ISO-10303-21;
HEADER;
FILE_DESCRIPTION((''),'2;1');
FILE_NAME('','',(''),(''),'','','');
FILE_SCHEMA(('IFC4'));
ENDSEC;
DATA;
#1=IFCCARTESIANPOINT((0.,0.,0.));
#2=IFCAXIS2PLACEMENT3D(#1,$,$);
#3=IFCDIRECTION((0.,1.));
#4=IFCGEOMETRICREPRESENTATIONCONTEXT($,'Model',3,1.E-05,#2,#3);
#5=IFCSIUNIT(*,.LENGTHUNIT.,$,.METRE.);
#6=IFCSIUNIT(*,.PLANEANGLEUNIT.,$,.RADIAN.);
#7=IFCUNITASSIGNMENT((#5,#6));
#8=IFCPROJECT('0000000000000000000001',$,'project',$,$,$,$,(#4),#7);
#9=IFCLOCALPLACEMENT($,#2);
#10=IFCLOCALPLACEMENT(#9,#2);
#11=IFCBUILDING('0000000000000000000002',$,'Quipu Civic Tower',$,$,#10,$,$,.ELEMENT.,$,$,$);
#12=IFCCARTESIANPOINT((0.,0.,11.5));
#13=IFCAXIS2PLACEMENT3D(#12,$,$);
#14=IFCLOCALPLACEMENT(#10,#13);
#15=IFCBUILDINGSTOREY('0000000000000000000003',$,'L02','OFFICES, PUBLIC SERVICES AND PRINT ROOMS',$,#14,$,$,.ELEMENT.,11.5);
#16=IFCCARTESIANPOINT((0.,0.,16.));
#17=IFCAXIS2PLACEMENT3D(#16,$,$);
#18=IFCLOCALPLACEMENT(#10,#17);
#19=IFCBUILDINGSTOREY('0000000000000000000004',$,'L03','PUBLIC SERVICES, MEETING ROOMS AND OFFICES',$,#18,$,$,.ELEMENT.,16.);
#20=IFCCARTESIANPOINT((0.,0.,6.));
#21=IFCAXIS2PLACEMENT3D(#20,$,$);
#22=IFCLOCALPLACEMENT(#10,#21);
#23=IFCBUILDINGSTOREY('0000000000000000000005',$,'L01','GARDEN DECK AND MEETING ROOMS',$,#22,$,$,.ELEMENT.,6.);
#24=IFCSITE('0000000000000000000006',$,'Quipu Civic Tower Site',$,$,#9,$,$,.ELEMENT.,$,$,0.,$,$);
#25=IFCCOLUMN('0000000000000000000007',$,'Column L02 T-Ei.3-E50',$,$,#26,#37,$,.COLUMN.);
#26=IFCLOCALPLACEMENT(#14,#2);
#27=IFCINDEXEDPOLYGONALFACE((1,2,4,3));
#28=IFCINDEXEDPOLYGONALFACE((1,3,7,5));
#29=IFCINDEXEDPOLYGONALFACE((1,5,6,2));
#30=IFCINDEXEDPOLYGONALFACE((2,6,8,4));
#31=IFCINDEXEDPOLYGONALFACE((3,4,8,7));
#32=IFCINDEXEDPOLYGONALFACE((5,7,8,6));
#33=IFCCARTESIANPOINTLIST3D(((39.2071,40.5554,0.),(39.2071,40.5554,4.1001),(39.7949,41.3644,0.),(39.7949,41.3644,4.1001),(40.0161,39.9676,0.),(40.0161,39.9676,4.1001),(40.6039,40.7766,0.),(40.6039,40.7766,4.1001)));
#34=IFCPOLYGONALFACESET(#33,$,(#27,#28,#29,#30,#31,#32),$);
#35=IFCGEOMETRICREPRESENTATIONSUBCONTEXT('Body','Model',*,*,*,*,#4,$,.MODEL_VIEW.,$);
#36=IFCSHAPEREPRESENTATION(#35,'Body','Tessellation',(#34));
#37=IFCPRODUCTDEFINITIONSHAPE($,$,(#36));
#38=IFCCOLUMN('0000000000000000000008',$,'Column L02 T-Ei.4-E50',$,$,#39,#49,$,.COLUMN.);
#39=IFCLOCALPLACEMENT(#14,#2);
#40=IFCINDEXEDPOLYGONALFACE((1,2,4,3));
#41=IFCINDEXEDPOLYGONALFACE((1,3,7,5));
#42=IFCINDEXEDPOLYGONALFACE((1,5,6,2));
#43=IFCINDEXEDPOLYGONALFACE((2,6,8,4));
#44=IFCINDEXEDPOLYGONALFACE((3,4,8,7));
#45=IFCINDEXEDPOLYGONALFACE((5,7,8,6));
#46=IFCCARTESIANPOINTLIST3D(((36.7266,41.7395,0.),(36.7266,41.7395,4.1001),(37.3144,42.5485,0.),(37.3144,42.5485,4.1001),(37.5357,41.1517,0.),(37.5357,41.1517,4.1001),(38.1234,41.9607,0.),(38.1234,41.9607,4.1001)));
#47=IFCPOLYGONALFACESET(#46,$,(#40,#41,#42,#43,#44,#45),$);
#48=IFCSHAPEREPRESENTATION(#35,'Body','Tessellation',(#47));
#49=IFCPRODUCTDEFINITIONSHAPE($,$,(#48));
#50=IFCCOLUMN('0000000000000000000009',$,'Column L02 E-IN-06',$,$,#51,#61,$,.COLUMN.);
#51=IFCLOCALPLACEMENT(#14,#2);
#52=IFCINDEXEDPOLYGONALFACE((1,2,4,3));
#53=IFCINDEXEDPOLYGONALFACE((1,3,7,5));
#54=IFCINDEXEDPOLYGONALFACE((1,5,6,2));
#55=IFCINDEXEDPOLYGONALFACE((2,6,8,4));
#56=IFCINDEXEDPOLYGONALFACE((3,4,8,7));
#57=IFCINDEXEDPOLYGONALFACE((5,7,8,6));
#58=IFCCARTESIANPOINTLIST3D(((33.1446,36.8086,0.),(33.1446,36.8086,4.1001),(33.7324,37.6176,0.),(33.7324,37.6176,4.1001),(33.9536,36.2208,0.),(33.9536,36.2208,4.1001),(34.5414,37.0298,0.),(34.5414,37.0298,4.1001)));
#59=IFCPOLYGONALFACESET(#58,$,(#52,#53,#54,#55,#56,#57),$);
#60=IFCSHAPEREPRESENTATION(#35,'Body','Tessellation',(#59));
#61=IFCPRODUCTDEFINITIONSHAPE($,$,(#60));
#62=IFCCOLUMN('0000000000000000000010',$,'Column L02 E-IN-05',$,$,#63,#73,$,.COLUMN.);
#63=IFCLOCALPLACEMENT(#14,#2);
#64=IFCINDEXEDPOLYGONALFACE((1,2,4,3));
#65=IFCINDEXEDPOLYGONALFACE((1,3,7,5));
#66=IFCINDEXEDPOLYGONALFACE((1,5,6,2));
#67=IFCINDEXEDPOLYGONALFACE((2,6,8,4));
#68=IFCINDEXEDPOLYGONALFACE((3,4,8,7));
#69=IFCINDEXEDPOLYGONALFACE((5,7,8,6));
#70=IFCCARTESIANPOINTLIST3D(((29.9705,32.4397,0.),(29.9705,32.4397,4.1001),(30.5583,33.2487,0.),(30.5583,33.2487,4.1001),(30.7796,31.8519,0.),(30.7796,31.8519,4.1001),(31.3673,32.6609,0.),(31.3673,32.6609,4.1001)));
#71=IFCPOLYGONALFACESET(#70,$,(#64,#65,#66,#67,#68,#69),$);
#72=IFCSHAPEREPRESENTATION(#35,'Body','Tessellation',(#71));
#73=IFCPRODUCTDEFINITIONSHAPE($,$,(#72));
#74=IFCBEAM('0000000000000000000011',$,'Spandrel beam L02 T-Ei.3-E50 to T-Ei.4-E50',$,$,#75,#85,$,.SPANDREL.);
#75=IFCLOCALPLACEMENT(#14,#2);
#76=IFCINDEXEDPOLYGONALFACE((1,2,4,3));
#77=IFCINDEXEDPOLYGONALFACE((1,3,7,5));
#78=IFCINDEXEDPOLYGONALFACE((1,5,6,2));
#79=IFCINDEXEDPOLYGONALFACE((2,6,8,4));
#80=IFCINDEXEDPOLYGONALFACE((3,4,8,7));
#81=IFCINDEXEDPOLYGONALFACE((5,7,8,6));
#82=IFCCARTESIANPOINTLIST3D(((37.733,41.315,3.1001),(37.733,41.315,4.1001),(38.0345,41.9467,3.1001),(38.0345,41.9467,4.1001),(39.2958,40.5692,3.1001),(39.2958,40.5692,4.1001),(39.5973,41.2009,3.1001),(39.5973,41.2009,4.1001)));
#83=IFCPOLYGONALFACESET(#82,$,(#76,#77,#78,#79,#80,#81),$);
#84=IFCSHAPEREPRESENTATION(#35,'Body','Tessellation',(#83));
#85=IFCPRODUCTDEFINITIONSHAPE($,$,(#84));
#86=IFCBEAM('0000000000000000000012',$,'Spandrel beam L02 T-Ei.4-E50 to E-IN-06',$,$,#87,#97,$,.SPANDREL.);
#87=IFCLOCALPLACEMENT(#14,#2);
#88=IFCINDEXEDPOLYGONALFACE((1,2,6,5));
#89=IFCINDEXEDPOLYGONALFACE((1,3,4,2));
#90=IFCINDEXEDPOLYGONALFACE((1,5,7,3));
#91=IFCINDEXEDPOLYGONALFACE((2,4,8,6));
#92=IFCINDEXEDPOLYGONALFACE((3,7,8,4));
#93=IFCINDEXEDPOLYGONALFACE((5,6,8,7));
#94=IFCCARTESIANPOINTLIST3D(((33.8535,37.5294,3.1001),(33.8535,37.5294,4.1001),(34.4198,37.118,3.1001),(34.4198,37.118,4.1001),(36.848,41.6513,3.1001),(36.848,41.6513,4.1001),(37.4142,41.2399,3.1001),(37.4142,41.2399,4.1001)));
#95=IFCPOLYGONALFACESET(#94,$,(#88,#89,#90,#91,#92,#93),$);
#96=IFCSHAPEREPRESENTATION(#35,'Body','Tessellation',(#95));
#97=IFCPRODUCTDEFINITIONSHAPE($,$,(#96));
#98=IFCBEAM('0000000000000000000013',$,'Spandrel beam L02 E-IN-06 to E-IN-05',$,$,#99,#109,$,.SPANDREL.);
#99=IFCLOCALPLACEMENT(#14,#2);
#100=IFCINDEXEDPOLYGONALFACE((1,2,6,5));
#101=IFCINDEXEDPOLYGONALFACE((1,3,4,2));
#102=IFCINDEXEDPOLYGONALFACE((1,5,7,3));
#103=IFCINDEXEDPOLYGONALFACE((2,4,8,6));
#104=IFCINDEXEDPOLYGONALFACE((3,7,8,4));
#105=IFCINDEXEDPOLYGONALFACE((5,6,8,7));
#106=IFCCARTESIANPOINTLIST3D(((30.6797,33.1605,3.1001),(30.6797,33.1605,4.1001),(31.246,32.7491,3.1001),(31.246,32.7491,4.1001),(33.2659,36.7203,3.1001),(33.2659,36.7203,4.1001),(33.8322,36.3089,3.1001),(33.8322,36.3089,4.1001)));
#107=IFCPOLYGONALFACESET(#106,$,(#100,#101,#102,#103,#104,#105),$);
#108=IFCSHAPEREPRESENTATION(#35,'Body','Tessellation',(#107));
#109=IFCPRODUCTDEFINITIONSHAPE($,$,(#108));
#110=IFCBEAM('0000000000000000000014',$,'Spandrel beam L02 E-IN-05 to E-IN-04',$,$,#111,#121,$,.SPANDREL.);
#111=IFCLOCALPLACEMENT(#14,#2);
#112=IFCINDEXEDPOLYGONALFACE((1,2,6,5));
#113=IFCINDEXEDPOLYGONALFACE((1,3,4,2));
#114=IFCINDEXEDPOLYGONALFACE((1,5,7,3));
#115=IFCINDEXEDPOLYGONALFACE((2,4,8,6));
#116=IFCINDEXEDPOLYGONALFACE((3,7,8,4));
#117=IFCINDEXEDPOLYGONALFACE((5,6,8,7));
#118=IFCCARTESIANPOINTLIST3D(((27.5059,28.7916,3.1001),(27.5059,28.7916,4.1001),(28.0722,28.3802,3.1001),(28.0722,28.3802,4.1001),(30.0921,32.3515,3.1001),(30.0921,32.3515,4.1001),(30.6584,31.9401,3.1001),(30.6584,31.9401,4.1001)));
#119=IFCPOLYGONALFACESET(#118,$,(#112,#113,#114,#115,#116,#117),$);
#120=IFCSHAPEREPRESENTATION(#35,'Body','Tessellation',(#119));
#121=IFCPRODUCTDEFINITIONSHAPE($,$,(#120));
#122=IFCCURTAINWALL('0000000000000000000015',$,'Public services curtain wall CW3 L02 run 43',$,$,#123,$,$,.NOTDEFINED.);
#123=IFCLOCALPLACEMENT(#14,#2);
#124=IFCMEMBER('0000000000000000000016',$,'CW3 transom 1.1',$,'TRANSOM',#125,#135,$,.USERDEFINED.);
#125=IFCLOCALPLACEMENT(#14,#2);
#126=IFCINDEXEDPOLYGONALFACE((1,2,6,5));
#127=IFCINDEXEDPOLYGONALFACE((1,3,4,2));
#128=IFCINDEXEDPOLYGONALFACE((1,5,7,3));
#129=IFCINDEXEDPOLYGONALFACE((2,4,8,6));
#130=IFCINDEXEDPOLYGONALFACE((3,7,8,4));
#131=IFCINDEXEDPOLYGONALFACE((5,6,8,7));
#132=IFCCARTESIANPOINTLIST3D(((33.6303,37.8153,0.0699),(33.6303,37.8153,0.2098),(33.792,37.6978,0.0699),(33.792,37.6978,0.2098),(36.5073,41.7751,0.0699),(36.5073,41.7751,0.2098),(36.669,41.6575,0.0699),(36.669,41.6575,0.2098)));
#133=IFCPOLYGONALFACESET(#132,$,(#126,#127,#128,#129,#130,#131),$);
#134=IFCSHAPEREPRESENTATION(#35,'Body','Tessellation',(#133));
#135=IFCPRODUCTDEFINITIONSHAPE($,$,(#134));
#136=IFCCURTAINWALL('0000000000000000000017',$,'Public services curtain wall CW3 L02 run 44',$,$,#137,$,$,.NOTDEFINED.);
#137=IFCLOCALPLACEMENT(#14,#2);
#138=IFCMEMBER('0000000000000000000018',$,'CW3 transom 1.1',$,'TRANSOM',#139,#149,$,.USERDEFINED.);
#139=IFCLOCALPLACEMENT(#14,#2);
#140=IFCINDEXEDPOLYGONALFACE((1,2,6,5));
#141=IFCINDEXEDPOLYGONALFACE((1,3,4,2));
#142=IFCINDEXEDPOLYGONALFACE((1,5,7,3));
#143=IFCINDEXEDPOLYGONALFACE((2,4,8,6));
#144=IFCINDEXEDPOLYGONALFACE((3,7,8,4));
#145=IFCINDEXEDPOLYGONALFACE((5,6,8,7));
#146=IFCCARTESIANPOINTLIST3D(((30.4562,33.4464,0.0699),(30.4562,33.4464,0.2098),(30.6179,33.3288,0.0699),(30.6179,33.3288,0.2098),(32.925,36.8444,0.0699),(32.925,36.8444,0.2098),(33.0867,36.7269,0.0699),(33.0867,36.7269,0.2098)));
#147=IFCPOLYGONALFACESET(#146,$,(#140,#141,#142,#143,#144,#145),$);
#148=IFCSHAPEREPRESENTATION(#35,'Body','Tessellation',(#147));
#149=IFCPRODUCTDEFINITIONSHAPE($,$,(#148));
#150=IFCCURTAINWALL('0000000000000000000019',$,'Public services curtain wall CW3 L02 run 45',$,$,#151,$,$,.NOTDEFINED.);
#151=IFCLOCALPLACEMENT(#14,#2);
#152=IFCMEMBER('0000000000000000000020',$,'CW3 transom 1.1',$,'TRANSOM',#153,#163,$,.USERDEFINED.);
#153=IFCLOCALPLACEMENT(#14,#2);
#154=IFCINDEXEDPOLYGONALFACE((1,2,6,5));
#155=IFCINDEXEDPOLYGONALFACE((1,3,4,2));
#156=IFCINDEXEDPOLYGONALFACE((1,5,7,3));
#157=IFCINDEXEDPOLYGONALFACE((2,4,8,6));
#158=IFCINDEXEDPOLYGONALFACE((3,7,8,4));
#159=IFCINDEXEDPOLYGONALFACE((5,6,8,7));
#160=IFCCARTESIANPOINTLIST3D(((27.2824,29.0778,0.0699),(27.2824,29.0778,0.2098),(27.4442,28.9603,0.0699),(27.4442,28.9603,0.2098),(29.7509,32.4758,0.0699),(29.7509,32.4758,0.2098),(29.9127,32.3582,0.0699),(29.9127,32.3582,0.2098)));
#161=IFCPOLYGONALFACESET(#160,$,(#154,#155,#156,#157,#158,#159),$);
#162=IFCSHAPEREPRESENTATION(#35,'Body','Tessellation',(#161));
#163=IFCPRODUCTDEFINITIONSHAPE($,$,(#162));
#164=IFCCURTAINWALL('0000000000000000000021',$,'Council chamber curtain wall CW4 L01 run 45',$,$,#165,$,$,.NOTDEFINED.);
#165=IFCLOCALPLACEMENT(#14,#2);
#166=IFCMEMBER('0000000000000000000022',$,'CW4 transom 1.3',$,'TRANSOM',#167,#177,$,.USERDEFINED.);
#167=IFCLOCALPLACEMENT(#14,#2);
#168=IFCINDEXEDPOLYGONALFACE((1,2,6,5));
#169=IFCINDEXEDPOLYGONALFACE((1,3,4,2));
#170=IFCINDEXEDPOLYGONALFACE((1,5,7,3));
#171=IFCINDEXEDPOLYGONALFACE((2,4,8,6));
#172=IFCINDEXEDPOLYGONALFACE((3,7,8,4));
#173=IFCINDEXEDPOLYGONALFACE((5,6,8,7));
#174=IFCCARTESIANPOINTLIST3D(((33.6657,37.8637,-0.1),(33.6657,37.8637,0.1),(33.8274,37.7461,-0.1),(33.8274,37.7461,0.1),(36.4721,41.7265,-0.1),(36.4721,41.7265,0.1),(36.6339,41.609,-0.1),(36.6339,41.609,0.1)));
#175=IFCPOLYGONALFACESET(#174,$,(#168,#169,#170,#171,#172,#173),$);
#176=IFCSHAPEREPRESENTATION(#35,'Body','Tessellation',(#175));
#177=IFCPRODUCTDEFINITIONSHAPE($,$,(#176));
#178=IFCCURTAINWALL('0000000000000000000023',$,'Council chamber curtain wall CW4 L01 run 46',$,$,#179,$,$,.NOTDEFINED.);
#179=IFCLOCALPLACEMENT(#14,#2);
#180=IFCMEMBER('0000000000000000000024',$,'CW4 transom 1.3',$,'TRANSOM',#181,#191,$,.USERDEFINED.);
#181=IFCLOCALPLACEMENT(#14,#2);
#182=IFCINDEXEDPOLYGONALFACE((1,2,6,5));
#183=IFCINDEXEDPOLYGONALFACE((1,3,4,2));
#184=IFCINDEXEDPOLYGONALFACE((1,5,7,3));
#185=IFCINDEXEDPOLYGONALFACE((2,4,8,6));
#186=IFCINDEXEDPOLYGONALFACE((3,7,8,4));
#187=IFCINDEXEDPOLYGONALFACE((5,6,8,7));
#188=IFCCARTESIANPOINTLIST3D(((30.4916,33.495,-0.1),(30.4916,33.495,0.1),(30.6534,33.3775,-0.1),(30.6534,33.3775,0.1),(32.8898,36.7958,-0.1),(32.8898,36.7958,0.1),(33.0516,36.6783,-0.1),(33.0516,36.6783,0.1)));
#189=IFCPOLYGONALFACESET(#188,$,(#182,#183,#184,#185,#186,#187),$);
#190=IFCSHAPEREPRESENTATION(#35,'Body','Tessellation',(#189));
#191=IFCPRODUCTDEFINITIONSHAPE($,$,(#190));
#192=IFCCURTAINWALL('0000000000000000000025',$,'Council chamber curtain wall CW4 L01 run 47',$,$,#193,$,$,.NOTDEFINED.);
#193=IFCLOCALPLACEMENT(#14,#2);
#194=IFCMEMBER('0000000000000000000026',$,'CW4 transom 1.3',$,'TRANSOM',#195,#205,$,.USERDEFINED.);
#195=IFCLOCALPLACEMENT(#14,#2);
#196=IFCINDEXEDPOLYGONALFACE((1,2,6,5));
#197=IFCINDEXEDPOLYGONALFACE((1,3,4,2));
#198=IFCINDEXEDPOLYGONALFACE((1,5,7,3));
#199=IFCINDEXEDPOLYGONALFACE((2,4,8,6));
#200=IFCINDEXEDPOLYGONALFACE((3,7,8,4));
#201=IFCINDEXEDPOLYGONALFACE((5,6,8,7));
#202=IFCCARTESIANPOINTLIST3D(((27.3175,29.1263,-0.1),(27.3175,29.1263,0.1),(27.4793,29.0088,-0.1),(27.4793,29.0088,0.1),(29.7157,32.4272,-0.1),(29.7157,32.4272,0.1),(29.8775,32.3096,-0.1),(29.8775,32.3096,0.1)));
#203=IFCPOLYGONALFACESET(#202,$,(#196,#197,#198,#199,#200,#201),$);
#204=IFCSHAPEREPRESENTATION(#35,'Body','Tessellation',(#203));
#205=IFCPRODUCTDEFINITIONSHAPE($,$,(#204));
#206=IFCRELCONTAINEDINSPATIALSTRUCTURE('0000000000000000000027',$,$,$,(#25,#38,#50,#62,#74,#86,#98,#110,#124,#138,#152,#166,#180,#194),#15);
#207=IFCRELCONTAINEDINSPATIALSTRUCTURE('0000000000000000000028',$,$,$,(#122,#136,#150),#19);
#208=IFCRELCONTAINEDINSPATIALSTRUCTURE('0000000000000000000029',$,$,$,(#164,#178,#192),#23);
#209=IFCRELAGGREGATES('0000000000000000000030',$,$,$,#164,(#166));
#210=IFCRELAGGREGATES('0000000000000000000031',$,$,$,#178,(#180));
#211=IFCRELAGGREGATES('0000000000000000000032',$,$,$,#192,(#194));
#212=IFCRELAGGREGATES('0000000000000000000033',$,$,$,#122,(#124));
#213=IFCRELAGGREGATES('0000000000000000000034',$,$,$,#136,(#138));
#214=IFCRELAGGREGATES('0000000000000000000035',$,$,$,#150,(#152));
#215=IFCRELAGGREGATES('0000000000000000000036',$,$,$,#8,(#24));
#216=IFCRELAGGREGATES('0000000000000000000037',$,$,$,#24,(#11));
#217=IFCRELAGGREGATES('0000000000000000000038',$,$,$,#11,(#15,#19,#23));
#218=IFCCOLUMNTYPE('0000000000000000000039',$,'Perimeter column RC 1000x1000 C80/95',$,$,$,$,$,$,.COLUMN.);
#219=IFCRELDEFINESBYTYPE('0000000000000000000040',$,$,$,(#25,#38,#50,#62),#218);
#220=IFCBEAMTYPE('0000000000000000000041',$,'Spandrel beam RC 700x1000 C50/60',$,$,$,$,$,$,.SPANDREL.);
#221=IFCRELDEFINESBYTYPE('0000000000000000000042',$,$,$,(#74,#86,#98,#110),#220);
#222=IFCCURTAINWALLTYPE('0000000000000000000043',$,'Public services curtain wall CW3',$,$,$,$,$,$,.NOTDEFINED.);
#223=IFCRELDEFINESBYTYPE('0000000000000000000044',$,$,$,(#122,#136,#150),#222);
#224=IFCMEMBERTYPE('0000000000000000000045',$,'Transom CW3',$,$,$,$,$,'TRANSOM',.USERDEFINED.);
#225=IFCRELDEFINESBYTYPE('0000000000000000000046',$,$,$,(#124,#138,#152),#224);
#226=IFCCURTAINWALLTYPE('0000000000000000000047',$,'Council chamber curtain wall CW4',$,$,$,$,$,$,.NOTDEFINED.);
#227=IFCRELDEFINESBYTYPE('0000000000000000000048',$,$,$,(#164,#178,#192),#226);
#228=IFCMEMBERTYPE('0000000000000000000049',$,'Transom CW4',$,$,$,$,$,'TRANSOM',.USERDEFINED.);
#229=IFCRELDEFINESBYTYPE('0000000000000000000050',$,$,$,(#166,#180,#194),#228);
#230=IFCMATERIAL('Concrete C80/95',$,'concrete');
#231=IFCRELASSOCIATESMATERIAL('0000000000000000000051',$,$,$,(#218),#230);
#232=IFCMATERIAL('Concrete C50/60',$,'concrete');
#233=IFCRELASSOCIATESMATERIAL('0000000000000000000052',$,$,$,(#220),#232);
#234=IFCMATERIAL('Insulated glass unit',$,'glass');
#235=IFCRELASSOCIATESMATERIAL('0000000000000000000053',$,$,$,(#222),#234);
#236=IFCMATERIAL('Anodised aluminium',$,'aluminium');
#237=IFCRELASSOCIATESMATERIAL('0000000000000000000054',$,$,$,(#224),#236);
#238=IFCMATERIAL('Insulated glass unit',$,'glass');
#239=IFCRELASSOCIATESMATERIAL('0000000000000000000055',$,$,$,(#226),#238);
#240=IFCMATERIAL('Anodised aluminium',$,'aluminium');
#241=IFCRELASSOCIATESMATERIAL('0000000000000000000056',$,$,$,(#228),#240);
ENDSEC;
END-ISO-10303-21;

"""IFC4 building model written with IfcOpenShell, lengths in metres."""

from ifc_helpers import new_model, si_unit, direction, frame, origin, origin_2d, place, context, subcontext, project, spatial, rectangle, extrude, material, material_profile, profile_set, type_object, element, aggregate, save


model = new_model("IFC4")

# Units and contexts
model_context = context("Model", 3, precision=1e-05, world=origin(), true_north=direction((0.0, 1.0)))
body_context = subcontext(model_context, "Body", "Model", "MODEL_VIEW")
ifc_project = project(units=[si_unit("LENGTHUNIT", "METRE"), si_unit("PLANEANGLEUNIT", "RADIAN")], contexts=[model_context])

# Site, building, storey
site_placement = place(None, origin())
site = spatial("IfcSite", under=ifc_project, at=site_placement, Name="Quipu Civic Tower Site", CompositionType="ELEMENT", RefElevation=0.0)
building_placement = place(site_placement, origin())
building = spatial("IfcBuilding", under=site, at=building_placement, Name="Quipu Civic Tower", CompositionType="ELEMENT")
storey_1_placement = place(building_placement, frame((0.0, 0.0, 11.5)))
storey_1 = spatial("IfcBuildingStorey", under=building, at=storey_1_placement, Name="L02", Description="OFFICES, PUBLIC SERVICES AND PRINT ROOMS", CompositionType="ELEMENT", Elevation=11.5)

# Columns
ifc_material_1 = material(Name="Concrete C80/95", Category="concrete")
ifc_material_profile_1 = material_profile(ifc_material_1, rectangle(XDim=1.0, YDim=1.0, at=origin_2d()), Name="RC1000x1000")
ifc_profile_set_1 = profile_set([ifc_material_profile_1], Name="Concrete C80/95")
column_type = type_object("IfcColumnType", Name="Perimeter column RC 1000x1000 C80/95", PredefinedType="COLUMN", material=ifc_profile_set_1)
for number, where, z_axis, x_axis, name in (
    (1, (39.9055, 40.666, 0.0), (0.0, 0.0, 1.0), (-0.587785, -0.809017, 0.0), "Column L02 T-Ei.3-E50"),
    (2, (37.425, 41.8501, 0.0), (0.0, 0.0, 1.0), (-0.587785, -0.809017, 0.0), "Column L02 T-Ei.4-E50"),
    (3, (33.843, 36.9192, 0.0), (0.0, 0.0, 1.0), (-0.587785, -0.809017, 0.0), "Column L02 E-IN-06"),
    (4, (30.6689, 32.5503, 0.0), (0.0, 0.0, 1.0), (-0.587785, -0.809017, 0.0), "Column L02 E-IN-05"),
):
    element("IfcColumn", number, at=place(storey_1_placement, frame(where, z_axis=z_axis, x_axis=x_axis)), inside=storey_1, type_object=column_type, Name=name, PredefinedType="COLUMN", context=body_context, shape_type="SweptSolid", body=[
        extrude(rectangle(XDim=1.0, YDim=1.0, at=origin_2d()), origin(), (0.0, 0.0, 1.0), 4.1001),
    ])

# Beams
ifc_material_2 = material(Name="Concrete C50/60", Category="concrete")
ifc_material_profile_2 = material_profile(ifc_material_2, rectangle(XDim=0.7, YDim=1.0, at=origin_2d()), Name="RC700x1000")
ifc_profile_set_2 = profile_set([ifc_material_profile_2], Name="Concrete C50/60")
beam_type = type_object("IfcBeamType", Name="Spandrel beam RC 700x1000 C50/60", PredefinedType="SPANDREL", material=ifc_profile_set_2)
beam_1_placement = place(storey_1_placement, frame((39.4465, 40.885, 3.6001), z_axis=(-0.902482, 0.430727, 0.0), x_axis=(-0.430727, -0.902482, 0.0)))
element("IfcBeam", 5, at=beam_1_placement, inside=storey_1, type_object=beam_type, Name="Spandrel beam L02 T-Ei.3-E50 to T-Ei.4-E50", PredefinedType="SPANDREL", context=body_context, shape_type="SweptSolid", body=[
    extrude(rectangle(XDim=0.7, YDim=1.0, at=origin_2d()), origin(), (0.0, 0.0, 1.0), 1.7317),
])
beam_2_placement = place(storey_1_placement, frame((37.1311, 41.4456, 3.6001), z_axis=(-0.587747, -0.809045, 0.0), x_axis=(0.809045, -0.587747, 0.0)))
element("IfcBeam", 6, at=beam_2_placement, inside=storey_1, type_object=beam_type, Name="Spandrel beam L02 T-Ei.4-E50 to E-IN-06", PredefinedType="SPANDREL", context=body_context, shape_type="SweptSolid", body=[
    extrude(rectangle(XDim=0.7, YDim=1.0, at=origin_2d()), origin(), (0.0, 0.0, 1.0), 5.0947),
])
for number, where, z_axis, x_axis, name in (
    (7, (33.5491, 36.5146, 3.6001), (-0.587759, -0.809036, 0.0), (0.809036, -0.587759, 0.0), "Spandrel beam L02 E-IN-06 to E-IN-05"),
    (8, (30.3752, 32.1458, 3.6001), (-0.587759, -0.809036, 0.0), (0.809036, -0.587759, 0.0), "Spandrel beam L02 E-IN-05 to E-IN-04"),
):
    element("IfcBeam", number, at=place(storey_1_placement, frame(where, z_axis=z_axis, x_axis=x_axis)), inside=storey_1, type_object=beam_type, Name=name, PredefinedType="SPANDREL", context=body_context, shape_type="SweptSolid", body=[
        extrude(rectangle(XDim=0.7, YDim=1.0, at=origin_2d()), origin(), (0.0, 0.0, 1.0), 4.4001),
    ])

# Shared definitions
storey_2_placement = place(building_placement, frame((0.0, 0.0, 16.0)))
storey_2 = spatial("IfcBuildingStorey", under=building, at=storey_2_placement, Name="L03", Description="PUBLIC SERVICES, MEETING ROOMS AND OFFICES", CompositionType="ELEMENT", Elevation=16.0)

# Curtain walls, members
ifc_material_3 = material(Name="Insulated glass unit", Category="glass")
curtain_wall_type_1 = type_object("IfcCurtainWallType", Name="Public services curtain wall CW3", PredefinedType="NOTDEFINED", material=ifc_material_3)
curtain_wall_1_placement = place(storey_2_placement, origin())
curtain_wall_1 = element("IfcCurtainWall", 9, at=curtain_wall_1_placement, inside=storey_2, type_object=curtain_wall_type_1, Name="Public services curtain wall CW3 L02 run 43", PredefinedType="NOTDEFINED")
ifc_material_4 = material(Name="Anodised aluminium", Category="aluminium")
ifc_material_profile_3 = material_profile(ifc_material_4, rectangle(XDim=0.2, YDim=0.1399, at=origin_2d()), Name="RECT 200x140")
ifc_profile_set_3 = profile_set([ifc_material_profile_3], Name="Anodised aluminium")
member_type_1 = type_object("IfcMemberType", Name="Transom CW3", ElementType="TRANSOM", PredefinedType="USERDEFINED", material=ifc_profile_set_3)
member_1_placement = place(storey_1_placement, frame((36.5881, 41.7163, 0.1399), z_axis=(-0.587792, -0.809012, 0.0), x_axis=(0.809012, -0.587792, 0.0)))
member_1 = element("IfcMember", 10, at=member_1_placement, inside=storey_1, type_object=member_type_1, Name="CW3 transom 1.1", ObjectType="TRANSOM", PredefinedType="USERDEFINED", context=body_context, shape_type="SweptSolid", body=[
    extrude(rectangle(XDim=0.2, YDim=0.1399, at=origin_2d()), origin(), (0.0, 0.0, 1.0), 4.8945),
])
curtain_wall_2_placement = place(storey_2_placement, origin())
curtain_wall_2 = element("IfcCurtainWall", 11, at=curtain_wall_2_placement, inside=storey_2, type_object=curtain_wall_type_1, Name="Public services curtain wall CW3 L02 run 44", PredefinedType="NOTDEFINED")
member_2_placement = place(storey_1_placement, frame((33.0059, 36.7856, 0.1399), z_axis=(-0.587785, -0.809018, 0.0), x_axis=(0.809018, -0.587785, 0.0)))
member_2 = element("IfcMember", 12, at=member_2_placement, inside=storey_1, type_object=member_type_1, Name="CW3 transom 1.1", ObjectType="TRANSOM", PredefinedType="USERDEFINED", context=body_context, shape_type="SweptSolid", body=[
    extrude(rectangle(XDim=0.2, YDim=0.1399, at=origin_2d()), origin(), (0.0, 0.0, 1.0), 4.2002),
])
curtain_wall_3_placement = place(storey_2_placement, origin())
curtain_wall_3 = element("IfcCurtainWall", 13, at=curtain_wall_3_placement, inside=storey_2, type_object=curtain_wall_type_1, Name="Public services curtain wall CW3 L02 run 45", PredefinedType="NOTDEFINED")
member_3_placement = place(storey_1_placement, frame((29.8318, 32.417, 0.1399), z_axis=(-0.587746, -0.809045, 0.0), x_axis=(0.809045, -0.587746, 0.0)))
member_3 = element("IfcMember", 14, at=member_3_placement, inside=storey_1, type_object=member_type_1, Name="CW3 transom 1.1", ObjectType="TRANSOM", PredefinedType="USERDEFINED", context=body_context, shape_type="SweptSolid", body=[
    extrude(rectangle(XDim=0.2, YDim=0.1399, at=origin_2d()), origin(), (0.0, 0.0, 1.0), 4.2),
])

# Shared definitions
storey_3_placement = place(building_placement, frame((0.0, 0.0, 6.0)))
storey_3 = spatial("IfcBuildingStorey", under=building, at=storey_3_placement, Name="L01", Description="GARDEN DECK AND MEETING ROOMS", CompositionType="ELEMENT", Elevation=6.0)

# Curtain walls, members
ifc_material_5 = material(Name="Insulated glass unit", Category="glass")
curtain_wall_type_2 = type_object("IfcCurtainWallType", Name="Council chamber curtain wall CW4", PredefinedType="NOTDEFINED", material=ifc_material_5)
curtain_wall_4_placement = place(storey_3_placement, origin())
curtain_wall_4 = element("IfcCurtainWall", 15, at=curtain_wall_4_placement, inside=storey_3, type_object=curtain_wall_type_2, Name="Council chamber curtain wall CW4 L01 run 45", PredefinedType="NOTDEFINED")
ifc_material_6 = material(Name="Anodised aluminium", Category="aluminium")
ifc_material_profile_4 = material_profile(ifc_material_6, rectangle(XDim=0.2, YDim=0.2, at=origin_2d()), Name="RECT 200x200")
ifc_profile_set_4 = profile_set([ifc_material_profile_4], Name="Anodised aluminium")
member_type_2 = type_object("IfcMemberType", Name="Transom CW4", ElementType="TRANSOM", PredefinedType="USERDEFINED", material=ifc_profile_set_4)
member_4_placement = place(storey_1_placement, frame((36.553, 41.6677, 0.0), z_axis=(-0.587773, -0.809026, 0.0), x_axis=(0.809026, -0.587773, 0.0)))
member_4 = element("IfcMember", 16, at=member_4_placement, inside=storey_1, type_object=member_type_2, Name="CW4 transom 1.3", ObjectType="TRANSOM", PredefinedType="USERDEFINED", context=body_context, shape_type="SweptSolid", body=[
    extrude(rectangle(XDim=0.2, YDim=0.2, at=origin_2d()), origin(), (0.0, 0.0, 1.0), 4.7747),
])
aggregate(curtain_wall_4, [member_4])
curtain_wall_5_placement = place(storey_3_placement, origin())
curtain_wall_5 = element("IfcCurtainWall", 17, at=curtain_wall_5_placement, inside=storey_3, type_object=curtain_wall_type_2, Name="Council chamber curtain wall CW4 L01 run 46", PredefinedType="NOTDEFINED")
member_5_placement = place(storey_1_placement, frame((32.9707, 36.7371, 0.0), z_axis=(-0.587791, -0.809013, 0.0), x_axis=(0.809013, -0.587791, 0.0)))
member_5 = element("IfcMember", 18, at=member_5_placement, inside=storey_1, type_object=member_type_2, Name="CW4 transom 1.3", ObjectType="TRANSOM", PredefinedType="USERDEFINED", context=body_context, shape_type="SweptSolid", body=[
    extrude(rectangle(XDim=0.2, YDim=0.2, at=origin_2d()), origin(), (0.0, 0.0, 1.0), 4.0801),
])
aggregate(curtain_wall_5, [member_5])
curtain_wall_6_placement = place(storey_3_placement, origin())
curtain_wall_6 = element("IfcCurtainWall", 19, at=curtain_wall_6_placement, inside=storey_3, type_object=curtain_wall_type_2, Name="Council chamber curtain wall CW4 L01 run 47", PredefinedType="NOTDEFINED")
member_6_placement = place(storey_1_placement, frame((29.7966, 32.3684, 0.0), z_axis=(-0.587791, -0.809013, 0.0), x_axis=(0.809013, -0.587791, 0.0)))
member_6 = element("IfcMember", 20, at=member_6_placement, inside=storey_1, type_object=member_type_2, Name="CW4 transom 1.3", ObjectType="TRANSOM", PredefinedType="USERDEFINED", context=body_context, shape_type="SweptSolid", body=[
    extrude(rectangle(XDim=0.2, YDim=0.2, at=origin_2d()), origin(), (0.0, 0.0, 1.0), 4.0801),
])
aggregate(curtain_wall_6, [member_6])

aggregate(curtain_wall_1, [member_1])
aggregate(curtain_wall_2, [member_2])
aggregate(curtain_wall_3, [member_3])

save(model, "model.ifc")
